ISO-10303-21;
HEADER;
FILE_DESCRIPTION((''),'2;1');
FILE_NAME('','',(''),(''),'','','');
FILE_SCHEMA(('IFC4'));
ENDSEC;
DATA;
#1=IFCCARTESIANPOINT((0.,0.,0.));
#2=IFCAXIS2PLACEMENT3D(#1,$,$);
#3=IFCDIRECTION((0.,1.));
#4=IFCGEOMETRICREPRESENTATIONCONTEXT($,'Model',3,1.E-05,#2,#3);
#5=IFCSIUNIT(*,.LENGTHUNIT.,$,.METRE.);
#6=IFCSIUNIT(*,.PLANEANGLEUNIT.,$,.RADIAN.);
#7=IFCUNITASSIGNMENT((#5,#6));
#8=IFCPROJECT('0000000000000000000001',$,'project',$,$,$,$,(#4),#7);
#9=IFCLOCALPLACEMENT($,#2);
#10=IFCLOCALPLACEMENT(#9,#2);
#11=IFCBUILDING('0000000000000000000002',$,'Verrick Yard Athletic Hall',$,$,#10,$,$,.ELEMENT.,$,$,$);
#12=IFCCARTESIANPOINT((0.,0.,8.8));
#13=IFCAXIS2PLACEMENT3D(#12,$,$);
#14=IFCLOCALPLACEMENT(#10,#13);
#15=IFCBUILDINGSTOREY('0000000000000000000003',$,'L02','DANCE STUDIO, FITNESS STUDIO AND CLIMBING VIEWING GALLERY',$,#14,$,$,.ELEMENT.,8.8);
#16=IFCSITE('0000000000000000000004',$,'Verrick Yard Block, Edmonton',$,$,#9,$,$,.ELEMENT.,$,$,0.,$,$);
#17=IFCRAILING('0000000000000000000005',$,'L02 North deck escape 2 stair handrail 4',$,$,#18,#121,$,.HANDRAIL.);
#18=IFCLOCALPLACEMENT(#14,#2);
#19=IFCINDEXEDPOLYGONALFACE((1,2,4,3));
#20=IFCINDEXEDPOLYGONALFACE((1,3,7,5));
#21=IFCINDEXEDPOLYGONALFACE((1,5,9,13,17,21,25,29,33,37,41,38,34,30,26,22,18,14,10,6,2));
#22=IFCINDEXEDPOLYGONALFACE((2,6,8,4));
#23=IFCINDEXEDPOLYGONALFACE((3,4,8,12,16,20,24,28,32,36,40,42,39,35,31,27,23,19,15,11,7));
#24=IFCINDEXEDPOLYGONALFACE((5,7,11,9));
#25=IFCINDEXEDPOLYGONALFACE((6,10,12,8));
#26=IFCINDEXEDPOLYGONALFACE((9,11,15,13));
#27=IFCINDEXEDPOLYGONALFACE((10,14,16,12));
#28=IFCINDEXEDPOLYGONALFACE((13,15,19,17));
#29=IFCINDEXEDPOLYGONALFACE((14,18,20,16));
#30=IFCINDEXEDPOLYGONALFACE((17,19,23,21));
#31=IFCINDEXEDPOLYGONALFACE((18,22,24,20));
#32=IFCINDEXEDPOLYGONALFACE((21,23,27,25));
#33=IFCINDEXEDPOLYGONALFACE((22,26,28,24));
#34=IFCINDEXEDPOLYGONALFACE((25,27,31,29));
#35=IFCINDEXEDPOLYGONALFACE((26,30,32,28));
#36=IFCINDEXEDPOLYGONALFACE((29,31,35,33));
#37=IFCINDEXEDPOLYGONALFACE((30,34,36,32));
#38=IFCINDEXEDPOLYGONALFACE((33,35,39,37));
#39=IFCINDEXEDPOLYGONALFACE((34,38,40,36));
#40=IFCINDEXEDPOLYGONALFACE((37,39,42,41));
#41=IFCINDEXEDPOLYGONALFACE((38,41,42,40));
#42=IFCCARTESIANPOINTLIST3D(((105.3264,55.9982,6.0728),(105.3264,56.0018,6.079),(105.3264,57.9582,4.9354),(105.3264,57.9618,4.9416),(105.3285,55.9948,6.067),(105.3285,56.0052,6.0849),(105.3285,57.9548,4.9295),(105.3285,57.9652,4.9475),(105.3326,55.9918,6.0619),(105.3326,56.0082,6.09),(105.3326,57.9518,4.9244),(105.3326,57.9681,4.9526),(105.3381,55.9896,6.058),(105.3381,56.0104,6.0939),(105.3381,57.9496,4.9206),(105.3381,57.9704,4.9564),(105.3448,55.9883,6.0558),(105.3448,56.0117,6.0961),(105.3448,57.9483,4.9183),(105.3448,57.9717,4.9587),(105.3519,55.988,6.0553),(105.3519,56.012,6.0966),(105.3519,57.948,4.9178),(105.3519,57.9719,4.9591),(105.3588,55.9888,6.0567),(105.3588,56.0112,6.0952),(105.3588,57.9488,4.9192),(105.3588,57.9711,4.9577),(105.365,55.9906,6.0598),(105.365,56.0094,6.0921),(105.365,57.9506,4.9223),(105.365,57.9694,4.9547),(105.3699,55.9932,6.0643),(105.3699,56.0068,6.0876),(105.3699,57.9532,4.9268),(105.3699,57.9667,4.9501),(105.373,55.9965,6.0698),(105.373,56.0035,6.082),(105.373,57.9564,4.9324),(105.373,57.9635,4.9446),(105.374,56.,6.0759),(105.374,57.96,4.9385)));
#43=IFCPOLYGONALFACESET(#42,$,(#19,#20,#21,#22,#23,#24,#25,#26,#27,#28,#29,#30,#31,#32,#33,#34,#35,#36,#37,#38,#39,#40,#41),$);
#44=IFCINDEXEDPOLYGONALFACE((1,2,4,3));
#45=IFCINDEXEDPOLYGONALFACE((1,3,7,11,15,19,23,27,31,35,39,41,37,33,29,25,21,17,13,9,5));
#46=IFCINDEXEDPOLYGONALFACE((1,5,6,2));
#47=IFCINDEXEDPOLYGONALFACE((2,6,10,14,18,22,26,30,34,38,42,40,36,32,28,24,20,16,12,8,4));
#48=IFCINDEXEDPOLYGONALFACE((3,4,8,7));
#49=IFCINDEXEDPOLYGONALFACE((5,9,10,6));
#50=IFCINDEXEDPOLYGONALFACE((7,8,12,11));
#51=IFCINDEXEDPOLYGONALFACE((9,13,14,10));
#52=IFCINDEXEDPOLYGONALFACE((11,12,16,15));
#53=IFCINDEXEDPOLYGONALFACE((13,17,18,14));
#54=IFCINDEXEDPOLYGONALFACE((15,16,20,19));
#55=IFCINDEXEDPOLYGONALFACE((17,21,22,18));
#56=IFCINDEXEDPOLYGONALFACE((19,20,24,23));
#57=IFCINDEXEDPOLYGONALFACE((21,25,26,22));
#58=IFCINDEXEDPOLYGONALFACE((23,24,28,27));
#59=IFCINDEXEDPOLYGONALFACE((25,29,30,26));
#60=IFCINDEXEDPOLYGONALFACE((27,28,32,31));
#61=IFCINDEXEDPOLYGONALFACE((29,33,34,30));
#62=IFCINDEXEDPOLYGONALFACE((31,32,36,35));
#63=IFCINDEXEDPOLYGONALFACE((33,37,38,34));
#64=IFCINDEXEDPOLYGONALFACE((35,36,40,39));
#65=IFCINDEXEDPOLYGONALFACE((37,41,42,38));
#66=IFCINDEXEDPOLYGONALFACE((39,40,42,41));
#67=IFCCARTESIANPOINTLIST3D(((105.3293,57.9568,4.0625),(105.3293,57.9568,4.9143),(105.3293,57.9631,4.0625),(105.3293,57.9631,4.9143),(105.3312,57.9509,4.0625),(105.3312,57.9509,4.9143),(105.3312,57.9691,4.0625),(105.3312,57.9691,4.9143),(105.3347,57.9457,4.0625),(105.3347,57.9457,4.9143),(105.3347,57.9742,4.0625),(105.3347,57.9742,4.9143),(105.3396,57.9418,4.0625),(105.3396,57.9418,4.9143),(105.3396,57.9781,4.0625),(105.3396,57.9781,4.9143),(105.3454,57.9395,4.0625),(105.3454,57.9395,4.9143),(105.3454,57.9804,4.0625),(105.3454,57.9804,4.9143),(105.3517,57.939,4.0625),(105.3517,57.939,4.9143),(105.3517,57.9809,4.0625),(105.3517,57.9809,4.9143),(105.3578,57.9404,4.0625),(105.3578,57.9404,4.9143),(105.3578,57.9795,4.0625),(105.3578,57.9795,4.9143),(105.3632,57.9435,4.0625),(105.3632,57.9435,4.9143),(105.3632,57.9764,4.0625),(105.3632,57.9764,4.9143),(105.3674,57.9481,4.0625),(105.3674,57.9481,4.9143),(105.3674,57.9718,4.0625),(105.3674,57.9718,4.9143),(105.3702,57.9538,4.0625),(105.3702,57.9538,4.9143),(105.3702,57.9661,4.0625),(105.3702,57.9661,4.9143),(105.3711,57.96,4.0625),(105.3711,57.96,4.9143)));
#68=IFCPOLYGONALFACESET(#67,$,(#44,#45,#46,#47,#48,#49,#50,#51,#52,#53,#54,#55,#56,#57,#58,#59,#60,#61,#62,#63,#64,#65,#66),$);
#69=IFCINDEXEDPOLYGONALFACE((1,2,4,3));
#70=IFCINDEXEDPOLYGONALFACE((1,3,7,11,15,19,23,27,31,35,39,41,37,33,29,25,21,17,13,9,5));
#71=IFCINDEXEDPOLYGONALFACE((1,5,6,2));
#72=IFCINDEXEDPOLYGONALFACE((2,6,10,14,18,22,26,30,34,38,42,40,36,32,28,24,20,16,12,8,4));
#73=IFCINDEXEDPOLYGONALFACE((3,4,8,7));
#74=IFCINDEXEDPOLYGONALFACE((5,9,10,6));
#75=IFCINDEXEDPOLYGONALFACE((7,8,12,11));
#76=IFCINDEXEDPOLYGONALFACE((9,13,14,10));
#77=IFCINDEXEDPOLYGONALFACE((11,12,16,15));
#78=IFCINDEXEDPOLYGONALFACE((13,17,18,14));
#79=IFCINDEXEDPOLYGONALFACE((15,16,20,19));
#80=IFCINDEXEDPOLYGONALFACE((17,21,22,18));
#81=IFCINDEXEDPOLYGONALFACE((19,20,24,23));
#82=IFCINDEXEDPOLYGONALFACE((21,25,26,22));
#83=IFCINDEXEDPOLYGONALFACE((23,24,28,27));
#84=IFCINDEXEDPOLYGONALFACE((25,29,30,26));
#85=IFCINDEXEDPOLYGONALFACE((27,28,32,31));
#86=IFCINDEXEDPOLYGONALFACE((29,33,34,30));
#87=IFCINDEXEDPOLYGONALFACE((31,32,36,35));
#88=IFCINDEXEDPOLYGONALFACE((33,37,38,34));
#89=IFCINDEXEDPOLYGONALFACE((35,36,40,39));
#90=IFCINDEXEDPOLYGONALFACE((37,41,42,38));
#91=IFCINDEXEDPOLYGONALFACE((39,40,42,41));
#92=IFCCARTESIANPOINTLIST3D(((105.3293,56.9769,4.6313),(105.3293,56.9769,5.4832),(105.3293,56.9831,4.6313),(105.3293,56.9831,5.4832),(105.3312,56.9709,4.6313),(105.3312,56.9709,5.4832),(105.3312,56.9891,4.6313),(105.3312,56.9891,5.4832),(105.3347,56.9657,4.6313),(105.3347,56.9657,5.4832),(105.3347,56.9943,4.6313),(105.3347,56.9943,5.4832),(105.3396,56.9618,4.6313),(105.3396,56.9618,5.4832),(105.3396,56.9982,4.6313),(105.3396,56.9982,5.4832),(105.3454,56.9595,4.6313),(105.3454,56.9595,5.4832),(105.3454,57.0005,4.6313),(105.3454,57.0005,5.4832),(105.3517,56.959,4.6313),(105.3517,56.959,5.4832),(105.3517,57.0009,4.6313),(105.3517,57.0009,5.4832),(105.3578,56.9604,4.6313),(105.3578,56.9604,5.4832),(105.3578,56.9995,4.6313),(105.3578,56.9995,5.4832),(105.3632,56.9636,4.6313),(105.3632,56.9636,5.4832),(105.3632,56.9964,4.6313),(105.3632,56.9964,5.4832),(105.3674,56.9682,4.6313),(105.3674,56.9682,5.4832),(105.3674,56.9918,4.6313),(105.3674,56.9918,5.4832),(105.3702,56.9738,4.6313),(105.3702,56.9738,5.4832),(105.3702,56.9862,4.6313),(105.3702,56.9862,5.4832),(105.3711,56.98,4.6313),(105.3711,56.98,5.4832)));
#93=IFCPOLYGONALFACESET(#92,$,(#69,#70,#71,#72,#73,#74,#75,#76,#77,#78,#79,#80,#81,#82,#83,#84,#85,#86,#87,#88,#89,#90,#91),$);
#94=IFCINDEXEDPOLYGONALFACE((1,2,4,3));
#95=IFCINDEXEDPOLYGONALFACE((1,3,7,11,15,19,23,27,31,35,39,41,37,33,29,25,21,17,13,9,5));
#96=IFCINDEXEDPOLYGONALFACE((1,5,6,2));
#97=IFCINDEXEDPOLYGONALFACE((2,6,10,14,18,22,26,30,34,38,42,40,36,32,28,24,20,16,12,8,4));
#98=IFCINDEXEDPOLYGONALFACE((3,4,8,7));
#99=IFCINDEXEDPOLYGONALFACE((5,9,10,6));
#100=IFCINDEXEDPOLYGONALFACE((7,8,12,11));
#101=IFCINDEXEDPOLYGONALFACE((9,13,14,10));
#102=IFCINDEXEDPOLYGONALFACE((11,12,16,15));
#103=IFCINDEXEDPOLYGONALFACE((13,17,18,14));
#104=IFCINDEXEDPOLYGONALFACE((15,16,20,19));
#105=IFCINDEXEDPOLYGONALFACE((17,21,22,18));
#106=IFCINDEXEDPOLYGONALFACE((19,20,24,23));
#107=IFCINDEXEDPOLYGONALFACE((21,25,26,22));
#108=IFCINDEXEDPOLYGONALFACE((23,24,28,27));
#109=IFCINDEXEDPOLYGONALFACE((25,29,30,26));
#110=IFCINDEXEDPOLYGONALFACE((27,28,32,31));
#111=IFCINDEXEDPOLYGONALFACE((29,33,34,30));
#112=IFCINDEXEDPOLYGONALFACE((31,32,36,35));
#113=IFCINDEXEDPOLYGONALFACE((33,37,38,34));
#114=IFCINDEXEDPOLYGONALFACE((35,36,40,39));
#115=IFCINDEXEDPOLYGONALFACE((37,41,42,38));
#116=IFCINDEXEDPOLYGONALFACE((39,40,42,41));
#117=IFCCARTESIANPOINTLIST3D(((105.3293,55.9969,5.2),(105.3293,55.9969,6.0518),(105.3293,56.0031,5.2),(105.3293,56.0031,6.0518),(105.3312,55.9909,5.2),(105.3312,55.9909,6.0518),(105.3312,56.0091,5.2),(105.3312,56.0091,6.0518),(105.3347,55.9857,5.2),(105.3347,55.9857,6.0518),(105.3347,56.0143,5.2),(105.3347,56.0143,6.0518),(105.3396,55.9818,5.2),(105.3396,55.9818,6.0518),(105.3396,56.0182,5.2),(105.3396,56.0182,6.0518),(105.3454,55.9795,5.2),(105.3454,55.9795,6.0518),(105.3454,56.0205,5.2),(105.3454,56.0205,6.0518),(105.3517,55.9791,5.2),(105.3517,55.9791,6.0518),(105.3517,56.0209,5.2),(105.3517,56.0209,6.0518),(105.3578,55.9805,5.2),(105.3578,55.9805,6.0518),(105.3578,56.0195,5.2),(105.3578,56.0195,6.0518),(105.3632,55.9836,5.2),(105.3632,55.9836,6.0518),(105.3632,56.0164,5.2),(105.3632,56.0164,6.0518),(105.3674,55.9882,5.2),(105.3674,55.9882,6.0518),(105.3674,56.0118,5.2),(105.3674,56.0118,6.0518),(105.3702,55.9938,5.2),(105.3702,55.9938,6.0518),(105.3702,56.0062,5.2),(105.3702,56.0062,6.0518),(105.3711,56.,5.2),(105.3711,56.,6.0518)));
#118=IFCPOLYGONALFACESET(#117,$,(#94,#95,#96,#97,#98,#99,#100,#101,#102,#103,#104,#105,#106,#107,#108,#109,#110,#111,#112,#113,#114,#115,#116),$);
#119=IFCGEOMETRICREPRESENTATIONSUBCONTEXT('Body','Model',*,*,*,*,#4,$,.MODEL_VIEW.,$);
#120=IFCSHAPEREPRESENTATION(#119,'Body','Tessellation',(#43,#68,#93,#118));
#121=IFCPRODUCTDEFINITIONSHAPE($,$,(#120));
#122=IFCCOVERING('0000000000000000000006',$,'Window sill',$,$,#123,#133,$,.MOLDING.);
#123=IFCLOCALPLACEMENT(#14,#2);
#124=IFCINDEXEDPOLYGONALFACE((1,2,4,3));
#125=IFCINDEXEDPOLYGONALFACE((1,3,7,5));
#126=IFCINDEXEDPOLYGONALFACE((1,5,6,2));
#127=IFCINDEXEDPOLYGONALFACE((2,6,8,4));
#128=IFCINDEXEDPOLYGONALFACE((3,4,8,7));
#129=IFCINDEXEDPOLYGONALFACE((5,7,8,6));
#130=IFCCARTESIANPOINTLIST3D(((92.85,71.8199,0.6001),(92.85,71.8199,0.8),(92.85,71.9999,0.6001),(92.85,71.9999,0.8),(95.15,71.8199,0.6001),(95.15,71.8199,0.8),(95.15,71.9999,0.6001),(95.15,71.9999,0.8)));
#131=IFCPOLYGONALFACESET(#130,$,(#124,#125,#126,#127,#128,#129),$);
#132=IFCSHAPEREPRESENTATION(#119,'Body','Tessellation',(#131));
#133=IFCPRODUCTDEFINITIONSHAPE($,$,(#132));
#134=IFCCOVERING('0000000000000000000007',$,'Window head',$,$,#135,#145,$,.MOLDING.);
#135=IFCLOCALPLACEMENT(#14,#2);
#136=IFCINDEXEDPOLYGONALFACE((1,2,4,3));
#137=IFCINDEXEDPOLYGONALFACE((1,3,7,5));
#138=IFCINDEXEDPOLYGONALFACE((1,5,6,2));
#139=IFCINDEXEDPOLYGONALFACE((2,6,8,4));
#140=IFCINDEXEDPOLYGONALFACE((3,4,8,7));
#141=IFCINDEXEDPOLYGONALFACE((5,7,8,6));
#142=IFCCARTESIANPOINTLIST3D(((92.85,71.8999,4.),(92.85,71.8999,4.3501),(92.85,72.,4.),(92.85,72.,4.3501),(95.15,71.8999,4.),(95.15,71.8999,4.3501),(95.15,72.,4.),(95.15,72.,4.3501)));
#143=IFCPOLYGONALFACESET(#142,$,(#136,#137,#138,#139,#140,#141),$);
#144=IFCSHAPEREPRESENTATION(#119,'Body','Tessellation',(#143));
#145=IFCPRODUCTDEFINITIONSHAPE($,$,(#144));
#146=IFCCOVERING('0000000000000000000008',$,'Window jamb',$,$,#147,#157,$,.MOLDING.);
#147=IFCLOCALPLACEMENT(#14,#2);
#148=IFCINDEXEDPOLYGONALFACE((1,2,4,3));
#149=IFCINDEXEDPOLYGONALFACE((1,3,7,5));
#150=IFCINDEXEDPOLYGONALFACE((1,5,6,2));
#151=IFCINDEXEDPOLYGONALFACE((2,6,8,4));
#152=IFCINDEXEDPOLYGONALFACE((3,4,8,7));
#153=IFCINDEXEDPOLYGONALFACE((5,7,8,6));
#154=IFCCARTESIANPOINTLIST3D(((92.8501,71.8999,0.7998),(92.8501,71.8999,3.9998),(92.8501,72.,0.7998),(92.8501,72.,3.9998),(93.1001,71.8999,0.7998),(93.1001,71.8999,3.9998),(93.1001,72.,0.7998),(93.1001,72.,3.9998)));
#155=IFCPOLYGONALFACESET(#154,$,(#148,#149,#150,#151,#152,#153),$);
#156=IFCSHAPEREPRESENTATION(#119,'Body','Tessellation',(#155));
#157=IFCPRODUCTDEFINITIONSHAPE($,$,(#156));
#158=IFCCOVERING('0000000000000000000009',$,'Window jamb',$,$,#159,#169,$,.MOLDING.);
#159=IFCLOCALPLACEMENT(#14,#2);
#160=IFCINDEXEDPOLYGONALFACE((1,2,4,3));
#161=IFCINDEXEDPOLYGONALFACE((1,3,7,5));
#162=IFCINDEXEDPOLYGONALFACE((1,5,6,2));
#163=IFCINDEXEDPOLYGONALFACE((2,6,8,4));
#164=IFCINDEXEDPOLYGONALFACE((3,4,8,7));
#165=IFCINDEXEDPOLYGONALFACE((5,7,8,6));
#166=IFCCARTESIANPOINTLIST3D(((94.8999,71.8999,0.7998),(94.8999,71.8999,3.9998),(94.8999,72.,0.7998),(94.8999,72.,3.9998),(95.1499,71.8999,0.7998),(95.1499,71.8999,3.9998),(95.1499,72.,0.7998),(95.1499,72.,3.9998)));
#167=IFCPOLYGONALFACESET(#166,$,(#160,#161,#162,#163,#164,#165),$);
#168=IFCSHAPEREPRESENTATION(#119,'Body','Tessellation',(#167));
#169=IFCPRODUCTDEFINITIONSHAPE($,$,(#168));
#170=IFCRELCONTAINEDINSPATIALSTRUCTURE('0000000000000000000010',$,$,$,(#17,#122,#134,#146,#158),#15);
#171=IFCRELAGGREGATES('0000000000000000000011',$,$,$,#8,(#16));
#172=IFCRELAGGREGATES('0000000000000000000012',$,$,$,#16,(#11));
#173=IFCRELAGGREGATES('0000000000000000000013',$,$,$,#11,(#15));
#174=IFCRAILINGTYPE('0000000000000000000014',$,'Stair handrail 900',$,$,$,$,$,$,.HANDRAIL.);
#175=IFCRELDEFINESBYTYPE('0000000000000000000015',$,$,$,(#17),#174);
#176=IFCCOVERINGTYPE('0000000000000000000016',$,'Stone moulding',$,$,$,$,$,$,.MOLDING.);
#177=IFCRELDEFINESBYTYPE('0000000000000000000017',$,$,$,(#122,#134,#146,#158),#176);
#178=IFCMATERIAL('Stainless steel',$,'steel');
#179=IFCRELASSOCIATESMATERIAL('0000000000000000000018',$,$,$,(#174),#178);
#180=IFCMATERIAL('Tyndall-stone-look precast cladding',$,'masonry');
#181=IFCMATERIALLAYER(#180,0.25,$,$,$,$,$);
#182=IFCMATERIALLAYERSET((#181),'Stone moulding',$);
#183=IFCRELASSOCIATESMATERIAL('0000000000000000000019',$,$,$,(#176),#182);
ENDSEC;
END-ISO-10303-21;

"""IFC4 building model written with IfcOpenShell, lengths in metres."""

from ifc_helpers import new_model, si_unit, direction, frame, origin, origin_2d, place, context, subcontext, project, spatial, rectangle, circle, extrude, material, layer, layer_set, type_object, element, save


model = new_model("IFC4")

# Units and contexts
model_context = context("Model", 3, precision=1e-05, world=origin(), true_north=direction((0.0, 1.0)))
body_context = subcontext(model_context, "Body", "Model", "MODEL_VIEW")
ifc_project = project(units=[si_unit("LENGTHUNIT", "METRE"), si_unit("PLANEANGLEUNIT", "RADIAN")], contexts=[model_context])

# Site, building, storey
site_placement = place(None, origin())
site = spatial("IfcSite", under=ifc_project, at=site_placement, Name="Verrick Yard Block, Edmonton", CompositionType="ELEMENT", RefElevation=0.0)
building_placement = place(site_placement, origin())
building = spatial("IfcBuilding", under=site, at=building_placement, Name="Verrick Yard Athletic Hall", CompositionType="ELEMENT")
storey_placement = place(building_placement, frame((0.0, 0.0, 8.8)))
storey = spatial("IfcBuildingStorey", under=building, at=storey_placement, Name="L02", Description="DANCE STUDIO, FITNESS STUDIO AND CLIMBING VIEWING GALLERY", CompositionType="ELEMENT", Elevation=8.8)

# Shared definitions
ifc_material_1 = material(Name="Tyndall-stone-look precast cladding", Category="masonry")

# Railing
ifc_material_2 = material(Name="Stainless steel", Category="steel")
railing_type_1 = type_object("IfcRailingType", Name="Stair handrail 900", PredefinedType="HANDRAIL", material=ifc_material_2)
for number, where, name in (
    (1, (105.3501, 57.96, 4.0625), "L02 North deck escape 2 stair handrail 4"),
):
    element("IfcRailing", number, at=place(storey_placement, frame(where)), inside=storey, type_object=railing_type_1, Name=name, PredefinedType="HANDRAIL", context=body_context, shape_type="SweptSolid", body=[
        extrude(circle(Radius=0.0239, at=origin_2d()), frame((0.0, 0.0, 0.876), z_axis=(0.0, -0.864902, 0.501941), x_axis=(1.0, 0.0, 0.0)), (0.0, 0.0, 1.0), 2.2661),
        extrude(circle(Radius=0.021, at=origin_2d()), origin(), (0.0, 0.0, 1.0), 0.8518),
        extrude(circle(Radius=0.021, at=origin_2d()), frame((0.0, -0.98, 0.5688)), (0.0, 0.0, 1.0), 0.8518),
        extrude(circle(Radius=0.021, at=origin_2d()), frame((0.0, -1.96, 1.1375)), (0.0, 0.0, 1.0), 0.8518),
    ])

# Coverings
ifc_layer_1 = layer(ifc_material_1, 0.25)
ifc_layer_set_1 = layer_set([ifc_layer_1], Name="Stone moulding")
covering_type_1 = type_object("IfcCoveringType", Name="Stone moulding", PredefinedType="MOLDING", material=ifc_layer_set_1)
covering_1_placement = place(storey_placement, frame((94.0, 71.9099, 0.6001), z_axis=(0.0, 0.0, 1.0), x_axis=(1.0, 0.0, 0.0)))
element("IfcCovering", 2, at=covering_1_placement, inside=storey, type_object=covering_type_1, Name="Window sill", PredefinedType="MOLDING", context=body_context, shape_type="SweptSolid", body=[
    extrude(rectangle(XDim=2.3, YDim=0.1799, at=origin_2d()), origin(), (0.0, 0.0, 1.0), 0.2),
])
covering_2_placement = place(storey_placement, frame((94.0, 71.95, 4.0), z_axis=(0.0, 0.0, 1.0), x_axis=(1.0, 0.0, 0.0)))
element("IfcCovering", 3, at=covering_2_placement, inside=storey, type_object=covering_type_1, Name="Window head", PredefinedType="MOLDING", context=body_context, shape_type="SweptSolid", body=[
    extrude(rectangle(XDim=2.3, YDim=0.1001, at=origin_2d()), origin(), (0.0, 0.0, 1.0), 0.3501),
])
for number, where, z_axis, x_axis, name in (
    (4, (92.9751, 71.95, 0.7998), (0.0, 0.0, 1.0), (1.0, 0.0, 0.0), "Window jamb"),
    (5, (95.0249, 71.95, 0.7998), (0.0, 0.0, 1.0), (1.0, 0.0, 0.0), "Window jamb"),
):
    element("IfcCovering", number, at=place(storey_placement, frame(where, z_axis=z_axis, x_axis=x_axis)), inside=storey, type_object=covering_type_1, Name=name, PredefinedType="MOLDING", context=body_context, shape_type="SweptSolid", body=[
        extrude(rectangle(XDim=0.25, YDim=0.1001, at=origin_2d()), origin(), (0.0, 0.0, 1.0), 3.2),
    ])

save(model, "model.ifc")
